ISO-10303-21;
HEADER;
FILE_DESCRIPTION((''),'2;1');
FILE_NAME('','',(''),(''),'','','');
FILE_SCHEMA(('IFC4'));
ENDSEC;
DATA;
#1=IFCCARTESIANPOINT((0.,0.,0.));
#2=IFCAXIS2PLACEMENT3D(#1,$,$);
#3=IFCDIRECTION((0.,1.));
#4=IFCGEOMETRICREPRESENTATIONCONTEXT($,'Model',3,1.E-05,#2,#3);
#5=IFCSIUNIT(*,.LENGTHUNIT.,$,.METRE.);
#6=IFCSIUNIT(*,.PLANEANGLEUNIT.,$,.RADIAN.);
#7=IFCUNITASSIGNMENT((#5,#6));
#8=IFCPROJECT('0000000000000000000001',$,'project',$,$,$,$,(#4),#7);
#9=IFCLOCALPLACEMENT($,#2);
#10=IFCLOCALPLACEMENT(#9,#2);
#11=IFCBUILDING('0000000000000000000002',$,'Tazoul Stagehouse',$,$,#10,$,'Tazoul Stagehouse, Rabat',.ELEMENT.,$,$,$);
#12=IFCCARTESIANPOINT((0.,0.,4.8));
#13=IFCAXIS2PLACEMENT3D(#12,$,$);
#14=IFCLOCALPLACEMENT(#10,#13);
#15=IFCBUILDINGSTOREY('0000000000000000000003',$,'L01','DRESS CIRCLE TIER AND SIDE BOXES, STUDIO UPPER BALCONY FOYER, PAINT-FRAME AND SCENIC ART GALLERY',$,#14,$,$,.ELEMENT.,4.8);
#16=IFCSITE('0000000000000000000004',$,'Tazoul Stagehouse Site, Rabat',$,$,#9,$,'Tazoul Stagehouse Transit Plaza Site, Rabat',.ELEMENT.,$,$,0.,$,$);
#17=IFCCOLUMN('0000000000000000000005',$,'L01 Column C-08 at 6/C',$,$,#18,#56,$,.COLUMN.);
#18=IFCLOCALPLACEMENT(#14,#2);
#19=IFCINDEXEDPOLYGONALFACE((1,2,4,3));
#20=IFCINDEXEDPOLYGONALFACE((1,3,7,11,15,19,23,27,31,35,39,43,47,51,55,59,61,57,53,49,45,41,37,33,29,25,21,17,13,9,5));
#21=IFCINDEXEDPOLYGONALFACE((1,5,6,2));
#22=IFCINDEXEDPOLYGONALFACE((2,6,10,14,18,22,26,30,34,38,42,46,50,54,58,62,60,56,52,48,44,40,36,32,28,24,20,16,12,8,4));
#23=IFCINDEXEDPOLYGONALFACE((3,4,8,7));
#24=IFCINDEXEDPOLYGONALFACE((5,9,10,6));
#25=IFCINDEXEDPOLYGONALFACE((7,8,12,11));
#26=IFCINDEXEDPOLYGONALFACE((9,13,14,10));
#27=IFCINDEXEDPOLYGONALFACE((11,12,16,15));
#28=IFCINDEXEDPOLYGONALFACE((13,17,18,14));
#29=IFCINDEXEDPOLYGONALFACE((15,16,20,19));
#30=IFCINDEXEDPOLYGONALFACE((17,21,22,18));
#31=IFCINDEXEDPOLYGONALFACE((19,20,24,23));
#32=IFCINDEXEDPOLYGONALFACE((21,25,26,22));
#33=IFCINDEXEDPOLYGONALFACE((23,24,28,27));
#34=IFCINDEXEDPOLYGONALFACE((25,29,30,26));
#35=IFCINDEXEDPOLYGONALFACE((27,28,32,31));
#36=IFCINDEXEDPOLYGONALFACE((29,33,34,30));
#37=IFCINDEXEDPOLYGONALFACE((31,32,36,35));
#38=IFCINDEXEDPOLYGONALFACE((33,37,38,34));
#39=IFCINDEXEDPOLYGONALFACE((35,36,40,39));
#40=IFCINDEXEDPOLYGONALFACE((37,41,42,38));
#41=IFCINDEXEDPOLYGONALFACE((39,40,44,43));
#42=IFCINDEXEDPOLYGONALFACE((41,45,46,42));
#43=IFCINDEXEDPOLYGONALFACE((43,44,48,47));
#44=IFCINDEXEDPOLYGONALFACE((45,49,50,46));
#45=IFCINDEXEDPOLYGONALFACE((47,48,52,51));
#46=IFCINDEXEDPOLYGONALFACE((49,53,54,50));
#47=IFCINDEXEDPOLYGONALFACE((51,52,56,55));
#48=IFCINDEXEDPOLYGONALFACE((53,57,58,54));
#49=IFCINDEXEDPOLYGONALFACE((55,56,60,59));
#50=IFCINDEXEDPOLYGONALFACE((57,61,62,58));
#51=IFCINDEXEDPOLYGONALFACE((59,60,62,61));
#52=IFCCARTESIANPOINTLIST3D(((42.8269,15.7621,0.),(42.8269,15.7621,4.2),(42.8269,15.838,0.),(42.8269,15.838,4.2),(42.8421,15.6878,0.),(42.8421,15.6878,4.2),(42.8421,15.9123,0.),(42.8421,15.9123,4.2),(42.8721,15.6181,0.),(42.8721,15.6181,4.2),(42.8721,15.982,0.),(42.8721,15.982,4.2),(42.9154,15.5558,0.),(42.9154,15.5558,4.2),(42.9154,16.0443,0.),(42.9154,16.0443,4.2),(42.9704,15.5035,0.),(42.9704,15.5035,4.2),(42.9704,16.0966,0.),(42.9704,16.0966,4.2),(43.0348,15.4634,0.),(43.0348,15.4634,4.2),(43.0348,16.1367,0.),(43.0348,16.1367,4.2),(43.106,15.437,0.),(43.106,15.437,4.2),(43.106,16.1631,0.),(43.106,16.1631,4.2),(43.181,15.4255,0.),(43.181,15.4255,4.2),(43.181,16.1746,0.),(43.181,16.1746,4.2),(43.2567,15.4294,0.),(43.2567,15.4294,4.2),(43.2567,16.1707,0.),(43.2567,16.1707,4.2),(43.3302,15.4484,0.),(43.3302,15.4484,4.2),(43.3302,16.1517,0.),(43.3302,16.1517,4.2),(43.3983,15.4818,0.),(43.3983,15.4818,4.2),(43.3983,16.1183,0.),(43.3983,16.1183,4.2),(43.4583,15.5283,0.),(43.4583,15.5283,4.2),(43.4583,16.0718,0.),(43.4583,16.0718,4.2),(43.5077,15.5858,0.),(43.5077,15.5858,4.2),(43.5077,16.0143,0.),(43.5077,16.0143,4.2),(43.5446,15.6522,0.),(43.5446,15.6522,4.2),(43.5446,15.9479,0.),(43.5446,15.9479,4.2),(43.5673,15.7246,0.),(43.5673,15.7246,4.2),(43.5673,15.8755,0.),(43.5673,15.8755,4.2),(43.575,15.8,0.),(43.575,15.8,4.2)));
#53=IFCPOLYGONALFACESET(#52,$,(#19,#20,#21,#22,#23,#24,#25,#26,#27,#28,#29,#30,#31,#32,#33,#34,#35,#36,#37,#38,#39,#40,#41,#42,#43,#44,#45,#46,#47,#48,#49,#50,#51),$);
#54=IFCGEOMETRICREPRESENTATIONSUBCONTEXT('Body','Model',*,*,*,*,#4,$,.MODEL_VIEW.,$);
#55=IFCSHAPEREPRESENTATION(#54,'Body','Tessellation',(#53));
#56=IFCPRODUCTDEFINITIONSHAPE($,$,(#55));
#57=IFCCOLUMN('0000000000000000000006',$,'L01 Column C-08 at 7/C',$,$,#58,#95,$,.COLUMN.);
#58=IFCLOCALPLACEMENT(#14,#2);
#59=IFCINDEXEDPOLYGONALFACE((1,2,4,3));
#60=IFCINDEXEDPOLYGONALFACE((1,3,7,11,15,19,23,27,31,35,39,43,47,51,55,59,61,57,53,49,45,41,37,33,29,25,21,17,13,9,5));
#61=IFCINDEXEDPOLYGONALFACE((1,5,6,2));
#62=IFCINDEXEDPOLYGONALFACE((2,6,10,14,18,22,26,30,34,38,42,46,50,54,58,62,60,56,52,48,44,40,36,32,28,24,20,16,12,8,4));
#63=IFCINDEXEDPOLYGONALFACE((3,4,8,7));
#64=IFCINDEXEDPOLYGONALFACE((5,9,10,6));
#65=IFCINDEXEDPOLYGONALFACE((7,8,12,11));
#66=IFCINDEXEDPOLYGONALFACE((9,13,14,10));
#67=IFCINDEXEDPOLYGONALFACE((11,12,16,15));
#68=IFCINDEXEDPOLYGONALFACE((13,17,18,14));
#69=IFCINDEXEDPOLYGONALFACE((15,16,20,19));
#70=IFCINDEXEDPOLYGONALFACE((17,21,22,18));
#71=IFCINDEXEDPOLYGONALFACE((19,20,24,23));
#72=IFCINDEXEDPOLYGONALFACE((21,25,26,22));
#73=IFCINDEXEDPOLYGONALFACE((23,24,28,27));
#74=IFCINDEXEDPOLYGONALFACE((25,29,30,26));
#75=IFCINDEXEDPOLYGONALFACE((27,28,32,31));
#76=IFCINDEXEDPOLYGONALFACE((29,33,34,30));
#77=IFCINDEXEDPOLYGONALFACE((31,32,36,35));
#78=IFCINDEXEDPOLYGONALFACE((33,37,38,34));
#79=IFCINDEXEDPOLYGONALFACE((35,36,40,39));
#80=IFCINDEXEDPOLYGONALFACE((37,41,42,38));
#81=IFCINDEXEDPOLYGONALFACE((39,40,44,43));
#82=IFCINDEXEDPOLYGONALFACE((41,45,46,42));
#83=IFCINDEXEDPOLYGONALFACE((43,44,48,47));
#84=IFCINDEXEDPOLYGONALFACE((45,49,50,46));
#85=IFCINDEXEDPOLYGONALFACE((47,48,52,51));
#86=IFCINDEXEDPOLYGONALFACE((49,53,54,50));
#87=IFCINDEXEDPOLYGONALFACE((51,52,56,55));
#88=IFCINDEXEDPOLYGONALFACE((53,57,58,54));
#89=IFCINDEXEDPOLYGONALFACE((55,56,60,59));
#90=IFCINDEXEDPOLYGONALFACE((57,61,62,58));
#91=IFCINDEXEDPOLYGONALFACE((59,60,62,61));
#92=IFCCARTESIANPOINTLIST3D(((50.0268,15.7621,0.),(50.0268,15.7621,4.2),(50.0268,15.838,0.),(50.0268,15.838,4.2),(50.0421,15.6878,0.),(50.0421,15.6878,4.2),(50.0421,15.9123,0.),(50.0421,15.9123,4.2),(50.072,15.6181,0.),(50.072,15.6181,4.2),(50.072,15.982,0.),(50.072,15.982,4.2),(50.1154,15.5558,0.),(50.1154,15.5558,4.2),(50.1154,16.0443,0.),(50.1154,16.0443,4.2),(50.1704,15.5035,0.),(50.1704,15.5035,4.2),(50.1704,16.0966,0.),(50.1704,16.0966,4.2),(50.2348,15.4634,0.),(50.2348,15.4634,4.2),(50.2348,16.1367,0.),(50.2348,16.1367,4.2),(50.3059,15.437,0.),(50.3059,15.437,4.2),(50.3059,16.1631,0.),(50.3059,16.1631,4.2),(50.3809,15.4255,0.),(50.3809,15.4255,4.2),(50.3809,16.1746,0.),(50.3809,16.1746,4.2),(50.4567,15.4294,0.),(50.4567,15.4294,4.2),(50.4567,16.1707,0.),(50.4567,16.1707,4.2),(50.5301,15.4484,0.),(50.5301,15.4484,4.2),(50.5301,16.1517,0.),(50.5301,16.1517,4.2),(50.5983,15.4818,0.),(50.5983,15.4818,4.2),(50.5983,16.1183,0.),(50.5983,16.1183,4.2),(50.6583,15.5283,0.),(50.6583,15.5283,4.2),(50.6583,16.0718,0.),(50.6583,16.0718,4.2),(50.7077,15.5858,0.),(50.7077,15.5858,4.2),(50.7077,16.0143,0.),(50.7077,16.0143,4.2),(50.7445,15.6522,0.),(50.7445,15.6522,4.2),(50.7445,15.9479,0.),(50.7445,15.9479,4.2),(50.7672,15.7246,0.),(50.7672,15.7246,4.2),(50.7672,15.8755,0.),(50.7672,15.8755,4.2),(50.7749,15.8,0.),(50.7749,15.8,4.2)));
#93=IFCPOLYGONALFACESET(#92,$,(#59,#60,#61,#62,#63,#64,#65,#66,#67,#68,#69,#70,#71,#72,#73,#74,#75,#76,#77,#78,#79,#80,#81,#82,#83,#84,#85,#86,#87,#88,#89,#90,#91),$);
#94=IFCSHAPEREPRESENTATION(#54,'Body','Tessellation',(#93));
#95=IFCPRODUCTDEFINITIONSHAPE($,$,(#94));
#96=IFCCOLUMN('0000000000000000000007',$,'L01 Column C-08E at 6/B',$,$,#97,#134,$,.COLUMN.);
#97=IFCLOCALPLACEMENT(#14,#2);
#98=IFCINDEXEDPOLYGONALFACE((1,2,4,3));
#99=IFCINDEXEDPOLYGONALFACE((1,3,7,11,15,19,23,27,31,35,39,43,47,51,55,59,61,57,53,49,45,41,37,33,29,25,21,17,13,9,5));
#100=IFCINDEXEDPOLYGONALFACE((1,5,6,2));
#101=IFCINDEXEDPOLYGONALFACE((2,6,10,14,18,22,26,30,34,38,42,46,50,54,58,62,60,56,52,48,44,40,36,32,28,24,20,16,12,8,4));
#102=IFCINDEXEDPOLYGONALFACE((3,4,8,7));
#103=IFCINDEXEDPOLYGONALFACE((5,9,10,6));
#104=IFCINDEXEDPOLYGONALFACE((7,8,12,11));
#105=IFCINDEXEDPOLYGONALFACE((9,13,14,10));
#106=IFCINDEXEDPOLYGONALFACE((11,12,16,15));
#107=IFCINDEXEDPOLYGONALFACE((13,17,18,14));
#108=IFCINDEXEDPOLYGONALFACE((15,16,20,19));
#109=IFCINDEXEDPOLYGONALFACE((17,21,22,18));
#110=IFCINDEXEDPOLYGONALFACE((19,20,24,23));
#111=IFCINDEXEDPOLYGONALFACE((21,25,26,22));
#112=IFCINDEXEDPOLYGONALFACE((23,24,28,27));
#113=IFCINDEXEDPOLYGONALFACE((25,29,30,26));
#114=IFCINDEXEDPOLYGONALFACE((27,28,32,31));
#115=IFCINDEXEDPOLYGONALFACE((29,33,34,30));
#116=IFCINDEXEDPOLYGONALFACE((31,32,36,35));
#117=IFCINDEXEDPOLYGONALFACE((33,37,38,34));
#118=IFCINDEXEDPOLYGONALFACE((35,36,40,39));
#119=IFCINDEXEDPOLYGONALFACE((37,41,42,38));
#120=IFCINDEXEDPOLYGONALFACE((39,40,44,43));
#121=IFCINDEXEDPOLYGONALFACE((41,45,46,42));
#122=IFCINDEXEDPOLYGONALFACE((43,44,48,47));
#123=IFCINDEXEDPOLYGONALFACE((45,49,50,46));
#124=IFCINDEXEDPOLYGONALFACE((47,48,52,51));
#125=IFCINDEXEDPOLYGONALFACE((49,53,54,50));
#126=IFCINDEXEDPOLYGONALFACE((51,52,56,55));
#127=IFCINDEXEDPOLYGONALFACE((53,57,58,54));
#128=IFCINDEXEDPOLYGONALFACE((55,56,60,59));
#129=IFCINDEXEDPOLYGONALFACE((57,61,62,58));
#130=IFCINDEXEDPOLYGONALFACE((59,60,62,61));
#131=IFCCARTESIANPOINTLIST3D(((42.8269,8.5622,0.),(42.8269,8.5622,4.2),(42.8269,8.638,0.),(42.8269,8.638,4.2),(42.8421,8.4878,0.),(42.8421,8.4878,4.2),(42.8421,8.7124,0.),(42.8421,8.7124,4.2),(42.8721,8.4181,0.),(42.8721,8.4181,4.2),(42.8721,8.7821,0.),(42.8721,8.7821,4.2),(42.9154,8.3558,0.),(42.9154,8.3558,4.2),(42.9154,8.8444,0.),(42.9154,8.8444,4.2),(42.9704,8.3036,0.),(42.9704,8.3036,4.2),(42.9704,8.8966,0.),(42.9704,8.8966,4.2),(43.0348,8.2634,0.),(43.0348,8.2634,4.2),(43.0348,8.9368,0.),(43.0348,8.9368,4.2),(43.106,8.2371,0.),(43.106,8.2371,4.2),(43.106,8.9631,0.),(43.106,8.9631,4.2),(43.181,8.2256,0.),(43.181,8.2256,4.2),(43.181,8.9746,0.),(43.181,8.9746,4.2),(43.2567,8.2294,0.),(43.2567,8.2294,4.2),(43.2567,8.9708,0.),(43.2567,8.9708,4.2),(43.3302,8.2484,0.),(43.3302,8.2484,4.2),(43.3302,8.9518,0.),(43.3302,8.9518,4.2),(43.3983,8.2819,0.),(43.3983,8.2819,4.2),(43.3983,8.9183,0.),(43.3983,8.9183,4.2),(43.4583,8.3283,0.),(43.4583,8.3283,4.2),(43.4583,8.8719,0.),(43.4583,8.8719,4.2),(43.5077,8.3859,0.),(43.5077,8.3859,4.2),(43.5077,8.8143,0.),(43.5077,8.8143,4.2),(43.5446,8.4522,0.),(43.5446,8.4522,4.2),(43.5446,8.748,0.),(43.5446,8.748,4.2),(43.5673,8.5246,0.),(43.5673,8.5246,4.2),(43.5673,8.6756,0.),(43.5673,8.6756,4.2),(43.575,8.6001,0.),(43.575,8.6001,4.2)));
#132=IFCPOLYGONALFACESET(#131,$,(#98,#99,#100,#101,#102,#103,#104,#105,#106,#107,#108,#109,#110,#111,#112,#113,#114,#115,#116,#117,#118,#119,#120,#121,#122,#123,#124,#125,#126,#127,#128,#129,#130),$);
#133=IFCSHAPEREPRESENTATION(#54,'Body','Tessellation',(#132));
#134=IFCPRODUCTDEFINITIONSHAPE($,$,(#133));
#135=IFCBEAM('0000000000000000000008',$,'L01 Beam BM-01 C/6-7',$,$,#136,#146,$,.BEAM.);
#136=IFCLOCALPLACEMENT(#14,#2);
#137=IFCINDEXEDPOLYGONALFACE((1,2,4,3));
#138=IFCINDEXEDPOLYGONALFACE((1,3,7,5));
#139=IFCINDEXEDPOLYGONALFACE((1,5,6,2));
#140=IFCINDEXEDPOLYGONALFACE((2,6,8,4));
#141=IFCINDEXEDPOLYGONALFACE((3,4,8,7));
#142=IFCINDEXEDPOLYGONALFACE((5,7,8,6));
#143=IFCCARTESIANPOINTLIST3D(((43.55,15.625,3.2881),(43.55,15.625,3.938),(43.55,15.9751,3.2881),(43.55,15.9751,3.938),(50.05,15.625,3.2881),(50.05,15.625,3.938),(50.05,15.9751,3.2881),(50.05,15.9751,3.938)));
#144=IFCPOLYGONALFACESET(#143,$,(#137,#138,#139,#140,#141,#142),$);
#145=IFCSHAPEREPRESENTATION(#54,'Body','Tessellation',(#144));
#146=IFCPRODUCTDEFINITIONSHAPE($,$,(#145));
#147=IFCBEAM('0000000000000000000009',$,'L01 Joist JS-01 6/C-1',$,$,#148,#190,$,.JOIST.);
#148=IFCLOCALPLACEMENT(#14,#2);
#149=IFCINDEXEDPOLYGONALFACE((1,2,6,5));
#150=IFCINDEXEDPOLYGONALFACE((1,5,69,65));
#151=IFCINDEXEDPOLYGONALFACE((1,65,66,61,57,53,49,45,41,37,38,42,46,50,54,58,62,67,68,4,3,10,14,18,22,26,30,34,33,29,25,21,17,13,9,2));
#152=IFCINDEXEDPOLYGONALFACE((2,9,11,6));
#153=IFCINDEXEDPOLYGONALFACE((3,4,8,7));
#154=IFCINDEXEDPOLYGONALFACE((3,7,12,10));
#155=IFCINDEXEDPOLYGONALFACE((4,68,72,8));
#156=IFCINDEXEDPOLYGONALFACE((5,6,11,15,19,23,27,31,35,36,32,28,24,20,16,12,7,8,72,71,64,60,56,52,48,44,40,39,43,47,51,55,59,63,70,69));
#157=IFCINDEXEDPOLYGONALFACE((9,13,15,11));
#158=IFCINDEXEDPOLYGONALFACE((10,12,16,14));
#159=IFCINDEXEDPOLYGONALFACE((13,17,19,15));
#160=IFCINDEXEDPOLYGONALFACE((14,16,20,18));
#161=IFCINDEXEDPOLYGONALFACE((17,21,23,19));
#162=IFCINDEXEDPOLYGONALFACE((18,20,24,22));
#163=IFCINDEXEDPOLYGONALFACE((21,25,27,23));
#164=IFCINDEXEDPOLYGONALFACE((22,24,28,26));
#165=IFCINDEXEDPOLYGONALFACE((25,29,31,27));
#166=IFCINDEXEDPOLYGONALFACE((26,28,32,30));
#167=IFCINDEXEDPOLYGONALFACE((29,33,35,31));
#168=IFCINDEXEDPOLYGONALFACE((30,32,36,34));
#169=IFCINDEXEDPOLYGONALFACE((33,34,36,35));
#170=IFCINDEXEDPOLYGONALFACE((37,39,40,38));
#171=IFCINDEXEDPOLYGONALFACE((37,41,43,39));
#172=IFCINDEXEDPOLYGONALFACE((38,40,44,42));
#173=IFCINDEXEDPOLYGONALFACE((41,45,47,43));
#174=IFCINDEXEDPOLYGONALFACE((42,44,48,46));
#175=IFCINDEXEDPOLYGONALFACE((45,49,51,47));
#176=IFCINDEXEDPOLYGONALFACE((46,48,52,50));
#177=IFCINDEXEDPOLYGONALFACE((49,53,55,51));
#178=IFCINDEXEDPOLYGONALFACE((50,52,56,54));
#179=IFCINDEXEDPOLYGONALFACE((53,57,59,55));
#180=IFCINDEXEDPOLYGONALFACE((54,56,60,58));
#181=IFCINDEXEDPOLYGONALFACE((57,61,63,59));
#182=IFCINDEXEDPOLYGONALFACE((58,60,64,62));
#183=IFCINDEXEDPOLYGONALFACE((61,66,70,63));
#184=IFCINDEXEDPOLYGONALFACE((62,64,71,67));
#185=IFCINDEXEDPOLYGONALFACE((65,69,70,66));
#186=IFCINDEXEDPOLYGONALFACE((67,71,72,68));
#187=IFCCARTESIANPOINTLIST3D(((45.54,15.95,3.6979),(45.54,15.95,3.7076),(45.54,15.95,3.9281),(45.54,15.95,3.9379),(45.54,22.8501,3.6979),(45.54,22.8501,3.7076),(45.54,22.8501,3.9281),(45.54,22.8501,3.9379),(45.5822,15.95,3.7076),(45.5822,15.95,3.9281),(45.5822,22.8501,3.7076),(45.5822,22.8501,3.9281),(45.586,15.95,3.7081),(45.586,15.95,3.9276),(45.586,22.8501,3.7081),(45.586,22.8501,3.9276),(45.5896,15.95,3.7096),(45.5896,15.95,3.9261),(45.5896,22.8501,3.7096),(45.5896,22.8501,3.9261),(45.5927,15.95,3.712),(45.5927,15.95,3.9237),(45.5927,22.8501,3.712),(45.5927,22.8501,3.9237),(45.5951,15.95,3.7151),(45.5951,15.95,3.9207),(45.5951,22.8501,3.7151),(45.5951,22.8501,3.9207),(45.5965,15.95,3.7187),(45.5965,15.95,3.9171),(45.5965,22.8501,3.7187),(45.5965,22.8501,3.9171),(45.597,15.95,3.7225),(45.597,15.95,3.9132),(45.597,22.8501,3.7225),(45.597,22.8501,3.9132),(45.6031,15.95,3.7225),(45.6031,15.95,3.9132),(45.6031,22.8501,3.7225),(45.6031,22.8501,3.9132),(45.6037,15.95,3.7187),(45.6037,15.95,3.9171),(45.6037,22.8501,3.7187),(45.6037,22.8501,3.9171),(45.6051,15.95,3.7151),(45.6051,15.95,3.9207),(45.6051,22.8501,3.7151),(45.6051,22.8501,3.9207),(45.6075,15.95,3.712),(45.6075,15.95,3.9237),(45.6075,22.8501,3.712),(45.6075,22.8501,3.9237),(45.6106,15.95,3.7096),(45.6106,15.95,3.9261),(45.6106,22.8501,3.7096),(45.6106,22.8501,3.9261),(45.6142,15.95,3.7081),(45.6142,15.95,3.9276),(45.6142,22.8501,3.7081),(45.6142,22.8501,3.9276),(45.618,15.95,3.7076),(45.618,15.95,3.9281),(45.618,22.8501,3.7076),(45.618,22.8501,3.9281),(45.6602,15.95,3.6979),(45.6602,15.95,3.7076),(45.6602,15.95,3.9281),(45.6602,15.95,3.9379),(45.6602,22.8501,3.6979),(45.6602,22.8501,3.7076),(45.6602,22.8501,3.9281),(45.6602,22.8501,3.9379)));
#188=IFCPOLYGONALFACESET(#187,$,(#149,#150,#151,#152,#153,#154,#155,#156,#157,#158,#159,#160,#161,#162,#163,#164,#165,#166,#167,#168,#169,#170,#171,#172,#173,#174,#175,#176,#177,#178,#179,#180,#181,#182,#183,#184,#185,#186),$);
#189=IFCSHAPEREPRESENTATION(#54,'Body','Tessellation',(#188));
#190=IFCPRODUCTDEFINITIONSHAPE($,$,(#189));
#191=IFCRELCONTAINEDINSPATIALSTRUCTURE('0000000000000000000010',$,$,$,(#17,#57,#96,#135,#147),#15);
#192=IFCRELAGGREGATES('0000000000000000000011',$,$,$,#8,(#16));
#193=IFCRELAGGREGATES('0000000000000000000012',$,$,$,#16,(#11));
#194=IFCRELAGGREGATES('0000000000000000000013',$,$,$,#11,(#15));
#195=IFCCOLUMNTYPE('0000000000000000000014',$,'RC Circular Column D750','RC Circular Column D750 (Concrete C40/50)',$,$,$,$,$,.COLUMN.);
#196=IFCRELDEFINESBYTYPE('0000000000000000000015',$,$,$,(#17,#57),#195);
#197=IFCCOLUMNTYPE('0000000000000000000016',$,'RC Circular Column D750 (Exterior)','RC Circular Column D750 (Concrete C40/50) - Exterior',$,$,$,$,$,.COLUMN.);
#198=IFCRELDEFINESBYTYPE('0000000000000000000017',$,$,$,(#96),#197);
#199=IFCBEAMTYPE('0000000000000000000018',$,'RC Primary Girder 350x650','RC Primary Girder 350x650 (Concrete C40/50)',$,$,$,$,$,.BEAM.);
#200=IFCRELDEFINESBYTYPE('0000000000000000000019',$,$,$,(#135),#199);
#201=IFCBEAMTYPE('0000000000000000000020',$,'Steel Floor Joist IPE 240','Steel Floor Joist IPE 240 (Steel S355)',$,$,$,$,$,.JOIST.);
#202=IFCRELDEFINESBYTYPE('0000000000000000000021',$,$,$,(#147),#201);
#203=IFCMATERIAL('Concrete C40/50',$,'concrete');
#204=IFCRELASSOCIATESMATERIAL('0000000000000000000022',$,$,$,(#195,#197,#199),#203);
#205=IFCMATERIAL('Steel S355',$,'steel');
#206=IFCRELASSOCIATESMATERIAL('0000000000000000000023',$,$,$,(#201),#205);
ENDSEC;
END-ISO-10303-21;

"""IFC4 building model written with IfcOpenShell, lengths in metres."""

from ifc_helpers import new_model, si_unit, direction, frame, origin, origin_2d, place, context, subcontext, project, spatial, rectangle, circle, i_section, extrude, material, material_profile, profile_set, type_object, element, save


model = new_model("IFC4")

# Units and contexts
model_context = context("Model", 3, precision=1e-05, world=origin(), true_north=direction((0.0, 1.0)))
body_context = subcontext(model_context, "Body", "Model", "MODEL_VIEW")
ifc_project = project(units=[si_unit("LENGTHUNIT", "METRE"), si_unit("PLANEANGLEUNIT", "RADIAN")], contexts=[model_context])

# Site, building, storey
site_placement = place(None, origin())
site = spatial("IfcSite", under=ifc_project, at=site_placement, Name="Tazoul Stagehouse Site, Rabat", LongName="Tazoul Stagehouse Transit Plaza Site, Rabat", CompositionType="ELEMENT", RefElevation=0.0)
building_placement = place(site_placement, origin())
building = spatial("IfcBuilding", under=site, at=building_placement, Name="Tazoul Stagehouse", LongName="Tazoul Stagehouse, Rabat", CompositionType="ELEMENT")
storey_placement = place(building_placement, frame((0.0, 0.0, 4.8)))
storey = spatial("IfcBuildingStorey", under=building, at=storey_placement, Name="L01", Description="DRESS CIRCLE TIER AND SIDE BOXES, STUDIO UPPER BALCONY FOYER, PAINT-FRAME AND SCENIC ART GALLERY", CompositionType="ELEMENT", Elevation=4.8)

# Columns
ifc_material_1 = material(Name="Concrete C40/50", Category="concrete")
ifc_material_profile_1 = material_profile(ifc_material_1, circle(Radius=0.375, at=origin_2d()), Name="RC D750")
ifc_profile_set_1 = profile_set([ifc_material_profile_1], Name="Concrete C40/50")
column_type_1 = type_object("IfcColumnType", Name="RC Circular Column D750", Description="RC Circular Column D750 (Concrete C40/50)", PredefinedType="COLUMN", material=ifc_profile_set_1)
for number, where, z_axis, x_axis, name in (
    (1, (43.2, 15.8, 0.0), (0.0, 0.0, 1.0), (1.0, 0.0, 0.0), "L01 Column C-08 at 6/C"),
    (2, (50.3999, 15.8, 0.0), (0.0, 0.0, 1.0), (1.0, 0.0, 0.0), "L01 Column C-08 at 7/C"),
):
    element("IfcColumn", number, at=place(storey_placement, frame(where, z_axis=z_axis, x_axis=x_axis)), inside=storey, type_object=column_type_1, Name=name, PredefinedType="COLUMN", context=body_context, shape_type="SweptSolid", body=[
        extrude(circle(Radius=0.375, at=origin_2d()), origin(), (0.0, 0.0, 1.0), 4.2),
    ])
ifc_material_profile_2 = material_profile(ifc_material_1, circle(Radius=0.375, at=origin_2d()), Name="RC D750")
ifc_profile_set_2 = profile_set([ifc_material_profile_2], Name="Concrete C40/50")
column_type_2 = type_object("IfcColumnType", Name="RC Circular Column D750 (Exterior)", Description="RC Circular Column D750 (Concrete C40/50) - Exterior", PredefinedType="COLUMN", material=ifc_profile_set_2)
column_placement = place(storey_placement, frame((43.2, 8.6001, 0.0), z_axis=(0.0, 0.0, 1.0), x_axis=(1.0, 0.0, 0.0)))
element("IfcColumn", 3, at=column_placement, inside=storey, type_object=column_type_2, Name="L01 Column C-08E at 6/B", PredefinedType="COLUMN", context=body_context, shape_type="SweptSolid", body=[
    extrude(circle(Radius=0.375, at=origin_2d()), origin(), (0.0, 0.0, 1.0), 4.2),
])

# Beams
ifc_material_profile_3 = material_profile(ifc_material_1, rectangle(XDim=0.3501, YDim=0.6499, at=origin_2d()), Name="RC 350x650")
ifc_profile_set_3 = profile_set([ifc_material_profile_3], Name="Concrete C40/50")
beam_type_1 = type_object("IfcBeamType", Name="RC Primary Girder 350x650", Description="RC Primary Girder 350x650 (Concrete C40/50)", PredefinedType="BEAM", material=ifc_profile_set_3)
beam_placement = place(storey_placement, frame((43.55, 15.8, 3.613), z_axis=(1.0, 0.0, 0.0), x_axis=(0.0, 1.0, 0.0)))
element("IfcBeam", 4, at=beam_placement, inside=storey, type_object=beam_type_1, Name="L01 Beam BM-01 C/6-7", PredefinedType="BEAM", context=body_context, shape_type="SweptSolid", body=[
    extrude(rectangle(XDim=0.3501, YDim=0.6499, at=origin_2d()), origin(), (0.0, 0.0, 1.0), 6.5),
])
ifc_material_2 = material(Name="Steel S355", Category="steel")
ifc_material_profile_4 = material_profile(ifc_material_2, i_section(OverallWidth=0.1201, OverallDepth=0.24, WebThickness=0.0061, FlangeThickness=0.0098, FilletRadius=0.0149, at=origin_2d()), Name="IPE 240")
ifc_profile_set_4 = profile_set([ifc_material_profile_4], Name="Steel S355")
beam_type_2 = type_object("IfcBeamType", Name="Steel Floor Joist IPE 240", Description="Steel Floor Joist IPE 240 (Steel S355)", PredefinedType="JOIST", material=ifc_profile_set_4)
for number, where, z_axis, x_axis, name in (
    (5, (45.6001, 15.95, 3.8179), (0.0, 1.0, 0.0), (-1.0, 0.0, 0.0), "L01 Joist JS-01 6/C-1"),
):
    element("IfcBeam", number, at=place(storey_placement, frame(where, z_axis=z_axis, x_axis=x_axis)), inside=storey, type_object=beam_type_2, Name=name, PredefinedType="JOIST", context=body_context, shape_type="SweptSolid", body=[
        extrude(i_section(OverallWidth=0.1201, OverallDepth=0.24, WebThickness=0.0061, FlangeThickness=0.0098, FilletRadius=0.0149, at=origin_2d()), origin(), (0.0, 0.0, 1.0), 6.9001),
    ])

save(model, "model.ifc")
